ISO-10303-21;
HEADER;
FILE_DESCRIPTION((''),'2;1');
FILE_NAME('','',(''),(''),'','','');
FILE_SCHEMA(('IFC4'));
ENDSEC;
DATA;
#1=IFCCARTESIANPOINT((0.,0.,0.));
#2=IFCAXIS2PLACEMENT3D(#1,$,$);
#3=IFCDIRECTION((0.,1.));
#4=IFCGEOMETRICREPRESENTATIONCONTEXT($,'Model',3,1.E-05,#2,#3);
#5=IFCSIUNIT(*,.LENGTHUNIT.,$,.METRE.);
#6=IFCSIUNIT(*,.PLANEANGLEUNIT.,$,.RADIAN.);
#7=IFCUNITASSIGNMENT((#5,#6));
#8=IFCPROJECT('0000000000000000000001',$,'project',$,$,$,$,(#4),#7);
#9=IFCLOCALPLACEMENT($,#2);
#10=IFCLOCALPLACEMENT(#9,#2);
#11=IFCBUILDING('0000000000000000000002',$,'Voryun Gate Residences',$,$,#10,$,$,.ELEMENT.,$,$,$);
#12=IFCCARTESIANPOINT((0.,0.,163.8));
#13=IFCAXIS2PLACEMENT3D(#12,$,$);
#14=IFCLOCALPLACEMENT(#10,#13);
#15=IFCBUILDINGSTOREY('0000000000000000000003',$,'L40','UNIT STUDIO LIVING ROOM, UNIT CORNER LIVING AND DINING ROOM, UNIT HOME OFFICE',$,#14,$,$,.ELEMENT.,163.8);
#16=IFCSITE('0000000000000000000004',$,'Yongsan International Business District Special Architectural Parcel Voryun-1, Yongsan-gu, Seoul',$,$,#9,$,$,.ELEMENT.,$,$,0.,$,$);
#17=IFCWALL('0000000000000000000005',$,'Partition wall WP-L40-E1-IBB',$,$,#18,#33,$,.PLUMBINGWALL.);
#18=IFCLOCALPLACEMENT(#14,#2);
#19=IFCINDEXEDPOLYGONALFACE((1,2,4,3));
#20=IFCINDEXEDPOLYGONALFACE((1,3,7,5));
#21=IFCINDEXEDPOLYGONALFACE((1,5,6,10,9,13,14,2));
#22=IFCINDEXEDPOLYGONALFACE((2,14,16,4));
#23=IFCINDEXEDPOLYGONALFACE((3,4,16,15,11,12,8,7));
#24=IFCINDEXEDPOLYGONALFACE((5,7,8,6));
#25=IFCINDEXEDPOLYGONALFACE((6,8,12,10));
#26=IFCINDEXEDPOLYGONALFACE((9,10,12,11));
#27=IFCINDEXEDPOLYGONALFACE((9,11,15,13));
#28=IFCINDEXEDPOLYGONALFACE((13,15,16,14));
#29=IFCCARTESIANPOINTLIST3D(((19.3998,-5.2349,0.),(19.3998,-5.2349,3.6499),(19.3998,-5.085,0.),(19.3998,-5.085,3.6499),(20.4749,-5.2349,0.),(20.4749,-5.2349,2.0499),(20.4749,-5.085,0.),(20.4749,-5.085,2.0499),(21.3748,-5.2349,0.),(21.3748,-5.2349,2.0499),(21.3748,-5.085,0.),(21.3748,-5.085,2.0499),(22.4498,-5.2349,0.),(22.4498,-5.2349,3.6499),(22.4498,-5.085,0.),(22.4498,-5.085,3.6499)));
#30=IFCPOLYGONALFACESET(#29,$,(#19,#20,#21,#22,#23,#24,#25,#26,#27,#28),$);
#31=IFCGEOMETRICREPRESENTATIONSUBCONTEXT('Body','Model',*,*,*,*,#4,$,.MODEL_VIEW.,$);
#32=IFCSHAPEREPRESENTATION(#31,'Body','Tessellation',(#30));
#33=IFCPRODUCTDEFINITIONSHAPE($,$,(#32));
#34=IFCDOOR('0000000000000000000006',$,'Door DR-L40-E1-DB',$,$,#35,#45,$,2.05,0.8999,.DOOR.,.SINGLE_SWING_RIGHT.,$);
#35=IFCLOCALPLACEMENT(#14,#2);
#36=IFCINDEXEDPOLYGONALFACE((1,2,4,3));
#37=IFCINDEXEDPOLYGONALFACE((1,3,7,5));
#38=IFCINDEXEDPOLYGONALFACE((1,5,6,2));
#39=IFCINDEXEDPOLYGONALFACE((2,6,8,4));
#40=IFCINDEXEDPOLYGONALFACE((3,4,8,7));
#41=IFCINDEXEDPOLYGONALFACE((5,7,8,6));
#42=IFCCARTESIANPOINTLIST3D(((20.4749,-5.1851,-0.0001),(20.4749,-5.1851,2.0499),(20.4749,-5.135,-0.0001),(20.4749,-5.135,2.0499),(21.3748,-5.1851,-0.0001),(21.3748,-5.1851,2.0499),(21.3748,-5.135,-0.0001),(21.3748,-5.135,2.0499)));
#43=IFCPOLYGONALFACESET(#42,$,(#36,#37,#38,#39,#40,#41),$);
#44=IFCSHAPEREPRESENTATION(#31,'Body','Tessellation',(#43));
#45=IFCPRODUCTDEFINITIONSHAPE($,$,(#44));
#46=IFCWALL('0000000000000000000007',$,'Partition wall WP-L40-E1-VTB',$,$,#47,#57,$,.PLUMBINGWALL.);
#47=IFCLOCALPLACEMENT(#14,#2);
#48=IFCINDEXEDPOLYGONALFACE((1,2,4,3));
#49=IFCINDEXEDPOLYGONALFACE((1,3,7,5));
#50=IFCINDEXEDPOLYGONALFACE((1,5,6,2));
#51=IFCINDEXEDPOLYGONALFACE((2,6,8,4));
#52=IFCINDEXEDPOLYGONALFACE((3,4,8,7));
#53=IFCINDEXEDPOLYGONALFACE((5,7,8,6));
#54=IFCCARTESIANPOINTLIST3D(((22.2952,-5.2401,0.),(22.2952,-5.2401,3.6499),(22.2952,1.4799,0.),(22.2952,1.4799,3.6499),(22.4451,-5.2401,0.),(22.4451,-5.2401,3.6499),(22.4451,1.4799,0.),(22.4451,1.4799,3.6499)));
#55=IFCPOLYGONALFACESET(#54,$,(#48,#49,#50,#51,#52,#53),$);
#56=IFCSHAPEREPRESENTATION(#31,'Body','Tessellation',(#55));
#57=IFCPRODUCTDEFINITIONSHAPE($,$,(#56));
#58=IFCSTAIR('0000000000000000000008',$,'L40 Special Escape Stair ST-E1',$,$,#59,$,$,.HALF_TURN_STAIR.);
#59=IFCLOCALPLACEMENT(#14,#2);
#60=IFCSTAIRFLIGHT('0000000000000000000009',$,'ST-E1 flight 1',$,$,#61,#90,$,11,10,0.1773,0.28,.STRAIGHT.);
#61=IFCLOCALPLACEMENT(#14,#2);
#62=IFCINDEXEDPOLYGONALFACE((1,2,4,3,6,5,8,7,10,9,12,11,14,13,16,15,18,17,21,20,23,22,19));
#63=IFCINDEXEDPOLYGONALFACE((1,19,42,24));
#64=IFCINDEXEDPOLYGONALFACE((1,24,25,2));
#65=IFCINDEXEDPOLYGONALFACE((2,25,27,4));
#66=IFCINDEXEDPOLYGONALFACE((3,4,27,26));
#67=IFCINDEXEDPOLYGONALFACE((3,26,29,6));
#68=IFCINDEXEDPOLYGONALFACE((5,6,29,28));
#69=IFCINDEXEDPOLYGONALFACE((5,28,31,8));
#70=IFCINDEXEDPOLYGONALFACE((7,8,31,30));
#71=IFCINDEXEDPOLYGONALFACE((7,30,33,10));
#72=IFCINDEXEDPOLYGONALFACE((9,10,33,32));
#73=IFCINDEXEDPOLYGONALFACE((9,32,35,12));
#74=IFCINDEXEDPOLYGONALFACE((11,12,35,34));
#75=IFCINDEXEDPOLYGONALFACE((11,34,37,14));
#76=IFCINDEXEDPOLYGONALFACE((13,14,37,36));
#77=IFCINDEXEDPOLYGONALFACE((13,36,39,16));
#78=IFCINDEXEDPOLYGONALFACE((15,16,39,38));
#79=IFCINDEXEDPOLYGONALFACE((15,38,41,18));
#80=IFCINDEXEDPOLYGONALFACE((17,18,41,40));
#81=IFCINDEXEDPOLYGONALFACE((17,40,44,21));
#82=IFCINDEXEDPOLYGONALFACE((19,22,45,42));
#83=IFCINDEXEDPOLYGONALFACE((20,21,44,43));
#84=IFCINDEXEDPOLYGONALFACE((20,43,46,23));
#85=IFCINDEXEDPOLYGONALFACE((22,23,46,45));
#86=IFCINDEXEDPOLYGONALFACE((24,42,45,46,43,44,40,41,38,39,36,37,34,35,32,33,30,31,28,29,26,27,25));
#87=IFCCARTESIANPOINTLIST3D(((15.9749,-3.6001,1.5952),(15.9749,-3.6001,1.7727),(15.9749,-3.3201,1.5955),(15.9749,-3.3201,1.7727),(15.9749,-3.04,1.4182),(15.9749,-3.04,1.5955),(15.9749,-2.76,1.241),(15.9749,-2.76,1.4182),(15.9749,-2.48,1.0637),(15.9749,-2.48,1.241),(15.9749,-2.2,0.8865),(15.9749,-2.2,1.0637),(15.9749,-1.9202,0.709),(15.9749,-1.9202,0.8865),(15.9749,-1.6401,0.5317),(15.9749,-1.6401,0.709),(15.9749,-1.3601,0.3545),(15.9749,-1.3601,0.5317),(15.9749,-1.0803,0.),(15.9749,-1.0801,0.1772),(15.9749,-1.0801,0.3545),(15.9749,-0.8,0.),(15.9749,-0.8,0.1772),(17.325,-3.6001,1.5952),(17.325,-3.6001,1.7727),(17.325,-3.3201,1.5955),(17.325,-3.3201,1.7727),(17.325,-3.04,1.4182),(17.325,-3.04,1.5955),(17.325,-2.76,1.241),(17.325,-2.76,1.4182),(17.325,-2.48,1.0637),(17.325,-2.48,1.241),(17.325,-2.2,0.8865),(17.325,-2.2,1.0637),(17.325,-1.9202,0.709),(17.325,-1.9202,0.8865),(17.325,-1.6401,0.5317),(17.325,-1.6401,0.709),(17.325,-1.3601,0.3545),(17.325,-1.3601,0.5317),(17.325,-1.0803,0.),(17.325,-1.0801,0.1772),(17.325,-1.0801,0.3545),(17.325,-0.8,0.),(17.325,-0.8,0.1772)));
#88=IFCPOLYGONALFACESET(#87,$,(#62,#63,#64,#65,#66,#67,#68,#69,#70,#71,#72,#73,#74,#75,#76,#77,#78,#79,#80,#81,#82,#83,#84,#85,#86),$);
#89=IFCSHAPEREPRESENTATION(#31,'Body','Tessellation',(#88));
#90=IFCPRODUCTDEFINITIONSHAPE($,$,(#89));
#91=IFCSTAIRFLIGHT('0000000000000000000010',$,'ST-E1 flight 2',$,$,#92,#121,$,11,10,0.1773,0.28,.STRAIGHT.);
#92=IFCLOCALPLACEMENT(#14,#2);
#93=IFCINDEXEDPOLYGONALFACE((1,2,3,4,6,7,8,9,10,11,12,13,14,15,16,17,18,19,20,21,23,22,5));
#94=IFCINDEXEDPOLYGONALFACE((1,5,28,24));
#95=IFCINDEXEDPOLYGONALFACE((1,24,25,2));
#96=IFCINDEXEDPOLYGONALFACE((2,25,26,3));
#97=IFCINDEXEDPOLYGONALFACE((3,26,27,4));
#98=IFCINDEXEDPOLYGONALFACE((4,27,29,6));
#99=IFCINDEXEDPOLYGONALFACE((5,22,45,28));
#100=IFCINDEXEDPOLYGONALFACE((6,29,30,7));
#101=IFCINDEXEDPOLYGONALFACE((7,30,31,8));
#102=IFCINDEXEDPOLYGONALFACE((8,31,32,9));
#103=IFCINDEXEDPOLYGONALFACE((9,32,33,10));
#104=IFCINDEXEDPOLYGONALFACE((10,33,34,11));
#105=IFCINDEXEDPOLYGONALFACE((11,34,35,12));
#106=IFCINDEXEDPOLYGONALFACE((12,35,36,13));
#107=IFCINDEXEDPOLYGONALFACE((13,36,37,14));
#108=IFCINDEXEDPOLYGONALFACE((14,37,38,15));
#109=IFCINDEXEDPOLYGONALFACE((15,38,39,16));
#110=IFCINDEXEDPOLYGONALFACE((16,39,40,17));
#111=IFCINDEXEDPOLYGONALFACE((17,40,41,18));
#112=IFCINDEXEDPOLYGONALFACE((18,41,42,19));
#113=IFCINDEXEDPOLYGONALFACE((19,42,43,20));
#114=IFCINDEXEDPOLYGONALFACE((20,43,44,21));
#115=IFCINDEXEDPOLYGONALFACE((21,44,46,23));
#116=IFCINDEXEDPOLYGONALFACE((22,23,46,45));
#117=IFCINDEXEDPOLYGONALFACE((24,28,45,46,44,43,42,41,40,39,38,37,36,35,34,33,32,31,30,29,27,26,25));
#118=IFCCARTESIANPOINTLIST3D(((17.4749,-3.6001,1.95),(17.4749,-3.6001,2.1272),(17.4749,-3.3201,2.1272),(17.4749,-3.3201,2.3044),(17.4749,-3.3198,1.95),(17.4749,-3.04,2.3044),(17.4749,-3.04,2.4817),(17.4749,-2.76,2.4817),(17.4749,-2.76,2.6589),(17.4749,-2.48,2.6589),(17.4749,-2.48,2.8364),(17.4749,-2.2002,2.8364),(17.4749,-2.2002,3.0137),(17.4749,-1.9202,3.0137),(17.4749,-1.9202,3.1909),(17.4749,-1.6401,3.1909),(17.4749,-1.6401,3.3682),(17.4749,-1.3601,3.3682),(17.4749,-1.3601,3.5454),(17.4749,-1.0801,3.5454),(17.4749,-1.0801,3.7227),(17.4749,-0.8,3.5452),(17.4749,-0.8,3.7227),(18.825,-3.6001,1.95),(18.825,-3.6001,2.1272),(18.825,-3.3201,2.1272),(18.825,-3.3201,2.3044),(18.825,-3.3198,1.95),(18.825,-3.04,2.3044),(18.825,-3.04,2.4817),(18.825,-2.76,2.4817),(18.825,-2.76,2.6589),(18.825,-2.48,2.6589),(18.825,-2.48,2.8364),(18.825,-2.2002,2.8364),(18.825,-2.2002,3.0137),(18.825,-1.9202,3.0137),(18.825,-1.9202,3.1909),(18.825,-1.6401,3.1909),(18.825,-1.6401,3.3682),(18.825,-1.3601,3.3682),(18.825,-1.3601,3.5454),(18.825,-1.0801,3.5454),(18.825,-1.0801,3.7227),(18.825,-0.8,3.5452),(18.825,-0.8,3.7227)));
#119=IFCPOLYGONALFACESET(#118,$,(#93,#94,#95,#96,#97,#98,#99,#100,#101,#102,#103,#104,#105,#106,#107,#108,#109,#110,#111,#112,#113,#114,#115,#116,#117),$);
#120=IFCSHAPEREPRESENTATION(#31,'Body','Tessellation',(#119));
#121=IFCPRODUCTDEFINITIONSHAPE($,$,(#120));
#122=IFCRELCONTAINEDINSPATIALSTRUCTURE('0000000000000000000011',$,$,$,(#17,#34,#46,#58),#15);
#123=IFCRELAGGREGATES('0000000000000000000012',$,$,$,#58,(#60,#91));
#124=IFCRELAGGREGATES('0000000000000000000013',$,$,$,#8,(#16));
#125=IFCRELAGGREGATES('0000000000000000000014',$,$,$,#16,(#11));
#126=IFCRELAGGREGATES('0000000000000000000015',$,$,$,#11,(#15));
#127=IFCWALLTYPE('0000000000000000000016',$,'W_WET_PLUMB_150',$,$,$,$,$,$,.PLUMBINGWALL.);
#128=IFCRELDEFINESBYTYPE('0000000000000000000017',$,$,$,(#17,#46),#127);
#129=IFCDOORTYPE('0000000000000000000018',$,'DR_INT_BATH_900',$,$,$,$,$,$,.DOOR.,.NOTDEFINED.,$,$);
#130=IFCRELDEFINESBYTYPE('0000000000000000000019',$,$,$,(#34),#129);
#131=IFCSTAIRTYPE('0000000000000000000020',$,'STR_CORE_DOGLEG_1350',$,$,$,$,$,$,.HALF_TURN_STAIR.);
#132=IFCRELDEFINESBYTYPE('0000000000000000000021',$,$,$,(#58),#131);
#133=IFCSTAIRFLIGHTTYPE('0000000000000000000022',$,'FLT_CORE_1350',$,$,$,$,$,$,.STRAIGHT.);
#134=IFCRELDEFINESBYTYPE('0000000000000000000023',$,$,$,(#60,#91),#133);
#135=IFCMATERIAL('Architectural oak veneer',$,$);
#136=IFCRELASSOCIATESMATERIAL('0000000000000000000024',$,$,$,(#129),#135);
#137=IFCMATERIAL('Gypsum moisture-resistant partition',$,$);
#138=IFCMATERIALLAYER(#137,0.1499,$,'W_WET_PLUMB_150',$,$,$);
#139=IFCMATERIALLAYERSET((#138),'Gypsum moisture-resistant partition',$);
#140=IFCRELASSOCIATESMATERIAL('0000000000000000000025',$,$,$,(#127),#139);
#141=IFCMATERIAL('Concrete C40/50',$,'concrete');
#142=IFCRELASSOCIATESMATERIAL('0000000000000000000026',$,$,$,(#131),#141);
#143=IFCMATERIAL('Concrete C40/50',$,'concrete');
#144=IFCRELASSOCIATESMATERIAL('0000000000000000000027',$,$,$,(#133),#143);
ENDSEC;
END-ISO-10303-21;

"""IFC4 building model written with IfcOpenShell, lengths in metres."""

from ifc_helpers import new_model, si_unit, direction, frame, frame_2d, origin, place, context, subcontext, project, spatial, polyline, rectangle, outline, extrude, material, layer, layer_set, type_object, element, fill, aggregate, save


model = new_model("IFC4")

# Units and contexts
model_context = context("Model", 3, precision=1e-05, world=origin(), true_north=direction((0.0, 1.0)))
body_context = subcontext(model_context, "Body", "Model", "MODEL_VIEW")
ifc_project = project(units=[si_unit("LENGTHUNIT", "METRE"), si_unit("PLANEANGLEUNIT", "RADIAN")], contexts=[model_context])

# Site, building, storey
site_placement = place(None, origin())
site = spatial("IfcSite", under=ifc_project, at=site_placement, Name="Yongsan International Business District Special Architectural Parcel Voryun-1, Yongsan-gu, Seoul", CompositionType="ELEMENT", RefElevation=0.0)
building_placement = place(site_placement, origin())
building = spatial("IfcBuilding", under=site, at=building_placement, Name="Voryun Gate Residences", CompositionType="ELEMENT")
storey_placement = place(building_placement, frame((0.0, 0.0, 163.8)))
storey = spatial("IfcBuildingStorey", under=building, at=storey_placement, Name="L40", Description="UNIT STUDIO LIVING ROOM, UNIT CORNER LIVING AND DINING ROOM, UNIT HOME OFFICE", CompositionType="ELEMENT", Elevation=163.8)

# Wall, opening, door
ifc_material_1 = material(Name="Architectural oak veneer")
door_type = type_object("IfcDoorType", Name="DR_INT_BATH_900", OperationType="NOTDEFINED", PredefinedType="DOOR", material=ifc_material_1)
ifc_material_2 = material(Name="Gypsum moisture-resistant partition")
ifc_layer_1 = layer(ifc_material_2, 0.1499, Name="W_WET_PLUMB_150")
ifc_layer_set_1 = layer_set([ifc_layer_1], Name="Gypsum moisture-resistant partition")
wall_type_1 = type_object("IfcWallType", Name="W_WET_PLUMB_150", PredefinedType="PLUMBINGWALL", material=ifc_layer_set_1)
wall_1_placement = place(storey_placement, frame((19.3999, -5.1599, 0.0), z_axis=(0.0, 0.0, 1.0), x_axis=(1.0, 0.0, 0.0)))
wall_1 = element("IfcWall", 1, at=wall_1_placement, inside=storey, type_object=wall_type_1, Name="Partition wall WP-L40-E1-IBB", PredefinedType="PLUMBINGWALL", context=body_context, shape_type="SweptSolid", body=[
    extrude(rectangle(XDim=3.05, YDim=0.1499, at=frame_2d((1.5249, 0.0))), origin(), (0.0, 0.0, 1.0), 3.6499),
])
opening_1_placement = place(wall_1_placement, frame((1.075, 0.0, 0.0)))
opening_1 = element("IfcOpeningElement", 2, at=opening_1_placement, cuts=wall_1, PredefinedType="OPENING", context=body_context, shape_type="SweptSolid", body=[
    extrude(rectangle(XDim=0.8999, YDim=2.05, at=frame_2d((0.45, 1.0249))), frame((0.0, 0.085, 0.0), z_axis=(0.0, -1.0, 0.0), x_axis=(1.0, 0.0, 0.0)), (0.0, 0.0, 1.0), 0.1699),
])
door_1_placement = place(opening_1_placement, origin())
door_1 = element("IfcDoor", 3, at=door_1_placement, inside=storey, type_object=door_type, Name="Door DR-L40-E1-DB", OperationType="SINGLE_SWING_RIGHT", OverallHeight=2.05, OverallWidth=0.8999, PredefinedType="DOOR", context=body_context, shape_type="SweptSolid", body=[
    extrude(rectangle(XDim=0.8999, YDim=2.05, at=frame_2d((0.45, 1.0249))), frame((0.0, 0.0249, 0.0), z_axis=(0.0, -1.0, 0.0), x_axis=(1.0, 0.0, 0.0)), (0.0, 0.0, 1.0), 0.05),
])
fill(opening_1, door_1)

# Wall
wall_2_placement = place(storey_placement, frame((22.3701, -5.24, 0.0), z_axis=(0.0, 0.0, 1.0), x_axis=(0.0, 1.0, 0.0)))
element("IfcWall", 4, at=wall_2_placement, inside=storey, type_object=wall_type_1, Name="Partition wall WP-L40-E1-VTB", PredefinedType="PLUMBINGWALL", context=body_context, shape_type="SweptSolid", body=[
    extrude(rectangle(XDim=6.72, YDim=0.1499, at=frame_2d((3.3599, 0.0))), origin(), (0.0, 0.0, 1.0), 3.6499),
])

# Stair, stair flights
ifc_material_3 = material(Name="Concrete C40/50", Category="concrete")
stair_type = type_object("IfcStairType", Name="STR_CORE_DOGLEG_1350", PredefinedType="HALF_TURN_STAIR", material=ifc_material_3)
stair_placement = place(storey_placement, origin())
stair = element("IfcStair", 5, at=stair_placement, inside=storey, type_object=stair_type, Name="L40 Special Escape Stair ST-E1", PredefinedType="HALF_TURN_STAIR")
ifc_material_4 = material(Name="Concrete C40/50", Category="concrete")
stair_flight_type = type_object("IfcStairFlightType", Name="FLT_CORE_1350", PredefinedType="STRAIGHT", material=ifc_material_4)
stair_flight_1_placement = place(storey_placement, frame((16.6499, -0.8, 0.0), z_axis=(0.0, 0.0, 1.0), x_axis=(0.0, -1.0, 0.0)))
stair_flight_1 = element("IfcStairFlight", 6, at=stair_flight_1_placement, type_object=stair_flight_type, Name="ST-E1 flight 1", NumberOfRisers=11, NumberOfTreads=10, PredefinedType="STRAIGHT", RiserHeight=0.1773, TreadLength=0.28, context=body_context, shape_type="SweptSolid", body=[
    extrude(outline(polyline([(0.0, 0.0), (0.0, 0.1772), (0.28, 0.1772), (0.28, 0.3545), (0.5601, 0.3545), (0.5601, 0.5317), (0.8401, 0.5317), (0.8401, 0.709), (1.1201, 0.709), (1.1201, 0.8865), (1.3999, 0.8865), (1.3999, 1.0637), (1.6799, 1.0637), (1.6799, 1.241), (1.96, 1.241), (1.96, 1.4182), (2.24, 1.4182), (2.24, 1.5955), (2.52, 1.5955), (2.52, 1.7727), (2.8, 1.7727), (2.8, 1.95), (2.8, 1.5952), (0.2803, 0.0), (0.0, 0.0)])), frame((0.0, 0.675, 0.0), z_axis=(0.0, -1.0, 0.0), x_axis=(1.0, 0.0, 0.0)), (0.0, 0.0, 1.0), 1.3501),
])
stair_flight_2_placement = place(storey_placement, frame((18.1499, -3.6001, 1.95), z_axis=(0.0, 0.0, 1.0), x_axis=(0.0, 1.0, 0.0)))
stair_flight_2 = element("IfcStairFlight", 7, at=stair_flight_2_placement, type_object=stair_flight_type, Name="ST-E1 flight 2", NumberOfRisers=11, NumberOfTreads=10, PredefinedType="STRAIGHT", RiserHeight=0.1773, TreadLength=0.28, context=body_context, shape_type="SweptSolid", body=[
    extrude(outline(polyline([(0.0, 0.0), (0.0, 0.1772), (0.28, 0.1772), (0.28, 0.3545), (0.5601, 0.3545), (0.5601, 0.5317), (0.8401, 0.5317), (0.8401, 0.709), (1.1201, 0.709), (1.1201, 0.8865), (1.3999, 0.8865), (1.3999, 1.0637), (1.6799, 1.0637), (1.6799, 1.241), (1.96, 1.241), (1.96, 1.4182), (2.24, 1.4182), (2.24, 1.5955), (2.52, 1.5955), (2.52, 1.7727), (2.8, 1.7727), (2.8, 1.95), (2.8, 1.5952), (0.2803, 0.0), (0.0, 0.0)])), frame((0.0, 0.675, 0.0), z_axis=(0.0, -1.0, 0.0), x_axis=(1.0, 0.0, 0.0)), (0.0, 0.0, 1.0), 1.3501),
])
aggregate(stair, [stair_flight_1, stair_flight_2])

save(model, "model.ifc")
